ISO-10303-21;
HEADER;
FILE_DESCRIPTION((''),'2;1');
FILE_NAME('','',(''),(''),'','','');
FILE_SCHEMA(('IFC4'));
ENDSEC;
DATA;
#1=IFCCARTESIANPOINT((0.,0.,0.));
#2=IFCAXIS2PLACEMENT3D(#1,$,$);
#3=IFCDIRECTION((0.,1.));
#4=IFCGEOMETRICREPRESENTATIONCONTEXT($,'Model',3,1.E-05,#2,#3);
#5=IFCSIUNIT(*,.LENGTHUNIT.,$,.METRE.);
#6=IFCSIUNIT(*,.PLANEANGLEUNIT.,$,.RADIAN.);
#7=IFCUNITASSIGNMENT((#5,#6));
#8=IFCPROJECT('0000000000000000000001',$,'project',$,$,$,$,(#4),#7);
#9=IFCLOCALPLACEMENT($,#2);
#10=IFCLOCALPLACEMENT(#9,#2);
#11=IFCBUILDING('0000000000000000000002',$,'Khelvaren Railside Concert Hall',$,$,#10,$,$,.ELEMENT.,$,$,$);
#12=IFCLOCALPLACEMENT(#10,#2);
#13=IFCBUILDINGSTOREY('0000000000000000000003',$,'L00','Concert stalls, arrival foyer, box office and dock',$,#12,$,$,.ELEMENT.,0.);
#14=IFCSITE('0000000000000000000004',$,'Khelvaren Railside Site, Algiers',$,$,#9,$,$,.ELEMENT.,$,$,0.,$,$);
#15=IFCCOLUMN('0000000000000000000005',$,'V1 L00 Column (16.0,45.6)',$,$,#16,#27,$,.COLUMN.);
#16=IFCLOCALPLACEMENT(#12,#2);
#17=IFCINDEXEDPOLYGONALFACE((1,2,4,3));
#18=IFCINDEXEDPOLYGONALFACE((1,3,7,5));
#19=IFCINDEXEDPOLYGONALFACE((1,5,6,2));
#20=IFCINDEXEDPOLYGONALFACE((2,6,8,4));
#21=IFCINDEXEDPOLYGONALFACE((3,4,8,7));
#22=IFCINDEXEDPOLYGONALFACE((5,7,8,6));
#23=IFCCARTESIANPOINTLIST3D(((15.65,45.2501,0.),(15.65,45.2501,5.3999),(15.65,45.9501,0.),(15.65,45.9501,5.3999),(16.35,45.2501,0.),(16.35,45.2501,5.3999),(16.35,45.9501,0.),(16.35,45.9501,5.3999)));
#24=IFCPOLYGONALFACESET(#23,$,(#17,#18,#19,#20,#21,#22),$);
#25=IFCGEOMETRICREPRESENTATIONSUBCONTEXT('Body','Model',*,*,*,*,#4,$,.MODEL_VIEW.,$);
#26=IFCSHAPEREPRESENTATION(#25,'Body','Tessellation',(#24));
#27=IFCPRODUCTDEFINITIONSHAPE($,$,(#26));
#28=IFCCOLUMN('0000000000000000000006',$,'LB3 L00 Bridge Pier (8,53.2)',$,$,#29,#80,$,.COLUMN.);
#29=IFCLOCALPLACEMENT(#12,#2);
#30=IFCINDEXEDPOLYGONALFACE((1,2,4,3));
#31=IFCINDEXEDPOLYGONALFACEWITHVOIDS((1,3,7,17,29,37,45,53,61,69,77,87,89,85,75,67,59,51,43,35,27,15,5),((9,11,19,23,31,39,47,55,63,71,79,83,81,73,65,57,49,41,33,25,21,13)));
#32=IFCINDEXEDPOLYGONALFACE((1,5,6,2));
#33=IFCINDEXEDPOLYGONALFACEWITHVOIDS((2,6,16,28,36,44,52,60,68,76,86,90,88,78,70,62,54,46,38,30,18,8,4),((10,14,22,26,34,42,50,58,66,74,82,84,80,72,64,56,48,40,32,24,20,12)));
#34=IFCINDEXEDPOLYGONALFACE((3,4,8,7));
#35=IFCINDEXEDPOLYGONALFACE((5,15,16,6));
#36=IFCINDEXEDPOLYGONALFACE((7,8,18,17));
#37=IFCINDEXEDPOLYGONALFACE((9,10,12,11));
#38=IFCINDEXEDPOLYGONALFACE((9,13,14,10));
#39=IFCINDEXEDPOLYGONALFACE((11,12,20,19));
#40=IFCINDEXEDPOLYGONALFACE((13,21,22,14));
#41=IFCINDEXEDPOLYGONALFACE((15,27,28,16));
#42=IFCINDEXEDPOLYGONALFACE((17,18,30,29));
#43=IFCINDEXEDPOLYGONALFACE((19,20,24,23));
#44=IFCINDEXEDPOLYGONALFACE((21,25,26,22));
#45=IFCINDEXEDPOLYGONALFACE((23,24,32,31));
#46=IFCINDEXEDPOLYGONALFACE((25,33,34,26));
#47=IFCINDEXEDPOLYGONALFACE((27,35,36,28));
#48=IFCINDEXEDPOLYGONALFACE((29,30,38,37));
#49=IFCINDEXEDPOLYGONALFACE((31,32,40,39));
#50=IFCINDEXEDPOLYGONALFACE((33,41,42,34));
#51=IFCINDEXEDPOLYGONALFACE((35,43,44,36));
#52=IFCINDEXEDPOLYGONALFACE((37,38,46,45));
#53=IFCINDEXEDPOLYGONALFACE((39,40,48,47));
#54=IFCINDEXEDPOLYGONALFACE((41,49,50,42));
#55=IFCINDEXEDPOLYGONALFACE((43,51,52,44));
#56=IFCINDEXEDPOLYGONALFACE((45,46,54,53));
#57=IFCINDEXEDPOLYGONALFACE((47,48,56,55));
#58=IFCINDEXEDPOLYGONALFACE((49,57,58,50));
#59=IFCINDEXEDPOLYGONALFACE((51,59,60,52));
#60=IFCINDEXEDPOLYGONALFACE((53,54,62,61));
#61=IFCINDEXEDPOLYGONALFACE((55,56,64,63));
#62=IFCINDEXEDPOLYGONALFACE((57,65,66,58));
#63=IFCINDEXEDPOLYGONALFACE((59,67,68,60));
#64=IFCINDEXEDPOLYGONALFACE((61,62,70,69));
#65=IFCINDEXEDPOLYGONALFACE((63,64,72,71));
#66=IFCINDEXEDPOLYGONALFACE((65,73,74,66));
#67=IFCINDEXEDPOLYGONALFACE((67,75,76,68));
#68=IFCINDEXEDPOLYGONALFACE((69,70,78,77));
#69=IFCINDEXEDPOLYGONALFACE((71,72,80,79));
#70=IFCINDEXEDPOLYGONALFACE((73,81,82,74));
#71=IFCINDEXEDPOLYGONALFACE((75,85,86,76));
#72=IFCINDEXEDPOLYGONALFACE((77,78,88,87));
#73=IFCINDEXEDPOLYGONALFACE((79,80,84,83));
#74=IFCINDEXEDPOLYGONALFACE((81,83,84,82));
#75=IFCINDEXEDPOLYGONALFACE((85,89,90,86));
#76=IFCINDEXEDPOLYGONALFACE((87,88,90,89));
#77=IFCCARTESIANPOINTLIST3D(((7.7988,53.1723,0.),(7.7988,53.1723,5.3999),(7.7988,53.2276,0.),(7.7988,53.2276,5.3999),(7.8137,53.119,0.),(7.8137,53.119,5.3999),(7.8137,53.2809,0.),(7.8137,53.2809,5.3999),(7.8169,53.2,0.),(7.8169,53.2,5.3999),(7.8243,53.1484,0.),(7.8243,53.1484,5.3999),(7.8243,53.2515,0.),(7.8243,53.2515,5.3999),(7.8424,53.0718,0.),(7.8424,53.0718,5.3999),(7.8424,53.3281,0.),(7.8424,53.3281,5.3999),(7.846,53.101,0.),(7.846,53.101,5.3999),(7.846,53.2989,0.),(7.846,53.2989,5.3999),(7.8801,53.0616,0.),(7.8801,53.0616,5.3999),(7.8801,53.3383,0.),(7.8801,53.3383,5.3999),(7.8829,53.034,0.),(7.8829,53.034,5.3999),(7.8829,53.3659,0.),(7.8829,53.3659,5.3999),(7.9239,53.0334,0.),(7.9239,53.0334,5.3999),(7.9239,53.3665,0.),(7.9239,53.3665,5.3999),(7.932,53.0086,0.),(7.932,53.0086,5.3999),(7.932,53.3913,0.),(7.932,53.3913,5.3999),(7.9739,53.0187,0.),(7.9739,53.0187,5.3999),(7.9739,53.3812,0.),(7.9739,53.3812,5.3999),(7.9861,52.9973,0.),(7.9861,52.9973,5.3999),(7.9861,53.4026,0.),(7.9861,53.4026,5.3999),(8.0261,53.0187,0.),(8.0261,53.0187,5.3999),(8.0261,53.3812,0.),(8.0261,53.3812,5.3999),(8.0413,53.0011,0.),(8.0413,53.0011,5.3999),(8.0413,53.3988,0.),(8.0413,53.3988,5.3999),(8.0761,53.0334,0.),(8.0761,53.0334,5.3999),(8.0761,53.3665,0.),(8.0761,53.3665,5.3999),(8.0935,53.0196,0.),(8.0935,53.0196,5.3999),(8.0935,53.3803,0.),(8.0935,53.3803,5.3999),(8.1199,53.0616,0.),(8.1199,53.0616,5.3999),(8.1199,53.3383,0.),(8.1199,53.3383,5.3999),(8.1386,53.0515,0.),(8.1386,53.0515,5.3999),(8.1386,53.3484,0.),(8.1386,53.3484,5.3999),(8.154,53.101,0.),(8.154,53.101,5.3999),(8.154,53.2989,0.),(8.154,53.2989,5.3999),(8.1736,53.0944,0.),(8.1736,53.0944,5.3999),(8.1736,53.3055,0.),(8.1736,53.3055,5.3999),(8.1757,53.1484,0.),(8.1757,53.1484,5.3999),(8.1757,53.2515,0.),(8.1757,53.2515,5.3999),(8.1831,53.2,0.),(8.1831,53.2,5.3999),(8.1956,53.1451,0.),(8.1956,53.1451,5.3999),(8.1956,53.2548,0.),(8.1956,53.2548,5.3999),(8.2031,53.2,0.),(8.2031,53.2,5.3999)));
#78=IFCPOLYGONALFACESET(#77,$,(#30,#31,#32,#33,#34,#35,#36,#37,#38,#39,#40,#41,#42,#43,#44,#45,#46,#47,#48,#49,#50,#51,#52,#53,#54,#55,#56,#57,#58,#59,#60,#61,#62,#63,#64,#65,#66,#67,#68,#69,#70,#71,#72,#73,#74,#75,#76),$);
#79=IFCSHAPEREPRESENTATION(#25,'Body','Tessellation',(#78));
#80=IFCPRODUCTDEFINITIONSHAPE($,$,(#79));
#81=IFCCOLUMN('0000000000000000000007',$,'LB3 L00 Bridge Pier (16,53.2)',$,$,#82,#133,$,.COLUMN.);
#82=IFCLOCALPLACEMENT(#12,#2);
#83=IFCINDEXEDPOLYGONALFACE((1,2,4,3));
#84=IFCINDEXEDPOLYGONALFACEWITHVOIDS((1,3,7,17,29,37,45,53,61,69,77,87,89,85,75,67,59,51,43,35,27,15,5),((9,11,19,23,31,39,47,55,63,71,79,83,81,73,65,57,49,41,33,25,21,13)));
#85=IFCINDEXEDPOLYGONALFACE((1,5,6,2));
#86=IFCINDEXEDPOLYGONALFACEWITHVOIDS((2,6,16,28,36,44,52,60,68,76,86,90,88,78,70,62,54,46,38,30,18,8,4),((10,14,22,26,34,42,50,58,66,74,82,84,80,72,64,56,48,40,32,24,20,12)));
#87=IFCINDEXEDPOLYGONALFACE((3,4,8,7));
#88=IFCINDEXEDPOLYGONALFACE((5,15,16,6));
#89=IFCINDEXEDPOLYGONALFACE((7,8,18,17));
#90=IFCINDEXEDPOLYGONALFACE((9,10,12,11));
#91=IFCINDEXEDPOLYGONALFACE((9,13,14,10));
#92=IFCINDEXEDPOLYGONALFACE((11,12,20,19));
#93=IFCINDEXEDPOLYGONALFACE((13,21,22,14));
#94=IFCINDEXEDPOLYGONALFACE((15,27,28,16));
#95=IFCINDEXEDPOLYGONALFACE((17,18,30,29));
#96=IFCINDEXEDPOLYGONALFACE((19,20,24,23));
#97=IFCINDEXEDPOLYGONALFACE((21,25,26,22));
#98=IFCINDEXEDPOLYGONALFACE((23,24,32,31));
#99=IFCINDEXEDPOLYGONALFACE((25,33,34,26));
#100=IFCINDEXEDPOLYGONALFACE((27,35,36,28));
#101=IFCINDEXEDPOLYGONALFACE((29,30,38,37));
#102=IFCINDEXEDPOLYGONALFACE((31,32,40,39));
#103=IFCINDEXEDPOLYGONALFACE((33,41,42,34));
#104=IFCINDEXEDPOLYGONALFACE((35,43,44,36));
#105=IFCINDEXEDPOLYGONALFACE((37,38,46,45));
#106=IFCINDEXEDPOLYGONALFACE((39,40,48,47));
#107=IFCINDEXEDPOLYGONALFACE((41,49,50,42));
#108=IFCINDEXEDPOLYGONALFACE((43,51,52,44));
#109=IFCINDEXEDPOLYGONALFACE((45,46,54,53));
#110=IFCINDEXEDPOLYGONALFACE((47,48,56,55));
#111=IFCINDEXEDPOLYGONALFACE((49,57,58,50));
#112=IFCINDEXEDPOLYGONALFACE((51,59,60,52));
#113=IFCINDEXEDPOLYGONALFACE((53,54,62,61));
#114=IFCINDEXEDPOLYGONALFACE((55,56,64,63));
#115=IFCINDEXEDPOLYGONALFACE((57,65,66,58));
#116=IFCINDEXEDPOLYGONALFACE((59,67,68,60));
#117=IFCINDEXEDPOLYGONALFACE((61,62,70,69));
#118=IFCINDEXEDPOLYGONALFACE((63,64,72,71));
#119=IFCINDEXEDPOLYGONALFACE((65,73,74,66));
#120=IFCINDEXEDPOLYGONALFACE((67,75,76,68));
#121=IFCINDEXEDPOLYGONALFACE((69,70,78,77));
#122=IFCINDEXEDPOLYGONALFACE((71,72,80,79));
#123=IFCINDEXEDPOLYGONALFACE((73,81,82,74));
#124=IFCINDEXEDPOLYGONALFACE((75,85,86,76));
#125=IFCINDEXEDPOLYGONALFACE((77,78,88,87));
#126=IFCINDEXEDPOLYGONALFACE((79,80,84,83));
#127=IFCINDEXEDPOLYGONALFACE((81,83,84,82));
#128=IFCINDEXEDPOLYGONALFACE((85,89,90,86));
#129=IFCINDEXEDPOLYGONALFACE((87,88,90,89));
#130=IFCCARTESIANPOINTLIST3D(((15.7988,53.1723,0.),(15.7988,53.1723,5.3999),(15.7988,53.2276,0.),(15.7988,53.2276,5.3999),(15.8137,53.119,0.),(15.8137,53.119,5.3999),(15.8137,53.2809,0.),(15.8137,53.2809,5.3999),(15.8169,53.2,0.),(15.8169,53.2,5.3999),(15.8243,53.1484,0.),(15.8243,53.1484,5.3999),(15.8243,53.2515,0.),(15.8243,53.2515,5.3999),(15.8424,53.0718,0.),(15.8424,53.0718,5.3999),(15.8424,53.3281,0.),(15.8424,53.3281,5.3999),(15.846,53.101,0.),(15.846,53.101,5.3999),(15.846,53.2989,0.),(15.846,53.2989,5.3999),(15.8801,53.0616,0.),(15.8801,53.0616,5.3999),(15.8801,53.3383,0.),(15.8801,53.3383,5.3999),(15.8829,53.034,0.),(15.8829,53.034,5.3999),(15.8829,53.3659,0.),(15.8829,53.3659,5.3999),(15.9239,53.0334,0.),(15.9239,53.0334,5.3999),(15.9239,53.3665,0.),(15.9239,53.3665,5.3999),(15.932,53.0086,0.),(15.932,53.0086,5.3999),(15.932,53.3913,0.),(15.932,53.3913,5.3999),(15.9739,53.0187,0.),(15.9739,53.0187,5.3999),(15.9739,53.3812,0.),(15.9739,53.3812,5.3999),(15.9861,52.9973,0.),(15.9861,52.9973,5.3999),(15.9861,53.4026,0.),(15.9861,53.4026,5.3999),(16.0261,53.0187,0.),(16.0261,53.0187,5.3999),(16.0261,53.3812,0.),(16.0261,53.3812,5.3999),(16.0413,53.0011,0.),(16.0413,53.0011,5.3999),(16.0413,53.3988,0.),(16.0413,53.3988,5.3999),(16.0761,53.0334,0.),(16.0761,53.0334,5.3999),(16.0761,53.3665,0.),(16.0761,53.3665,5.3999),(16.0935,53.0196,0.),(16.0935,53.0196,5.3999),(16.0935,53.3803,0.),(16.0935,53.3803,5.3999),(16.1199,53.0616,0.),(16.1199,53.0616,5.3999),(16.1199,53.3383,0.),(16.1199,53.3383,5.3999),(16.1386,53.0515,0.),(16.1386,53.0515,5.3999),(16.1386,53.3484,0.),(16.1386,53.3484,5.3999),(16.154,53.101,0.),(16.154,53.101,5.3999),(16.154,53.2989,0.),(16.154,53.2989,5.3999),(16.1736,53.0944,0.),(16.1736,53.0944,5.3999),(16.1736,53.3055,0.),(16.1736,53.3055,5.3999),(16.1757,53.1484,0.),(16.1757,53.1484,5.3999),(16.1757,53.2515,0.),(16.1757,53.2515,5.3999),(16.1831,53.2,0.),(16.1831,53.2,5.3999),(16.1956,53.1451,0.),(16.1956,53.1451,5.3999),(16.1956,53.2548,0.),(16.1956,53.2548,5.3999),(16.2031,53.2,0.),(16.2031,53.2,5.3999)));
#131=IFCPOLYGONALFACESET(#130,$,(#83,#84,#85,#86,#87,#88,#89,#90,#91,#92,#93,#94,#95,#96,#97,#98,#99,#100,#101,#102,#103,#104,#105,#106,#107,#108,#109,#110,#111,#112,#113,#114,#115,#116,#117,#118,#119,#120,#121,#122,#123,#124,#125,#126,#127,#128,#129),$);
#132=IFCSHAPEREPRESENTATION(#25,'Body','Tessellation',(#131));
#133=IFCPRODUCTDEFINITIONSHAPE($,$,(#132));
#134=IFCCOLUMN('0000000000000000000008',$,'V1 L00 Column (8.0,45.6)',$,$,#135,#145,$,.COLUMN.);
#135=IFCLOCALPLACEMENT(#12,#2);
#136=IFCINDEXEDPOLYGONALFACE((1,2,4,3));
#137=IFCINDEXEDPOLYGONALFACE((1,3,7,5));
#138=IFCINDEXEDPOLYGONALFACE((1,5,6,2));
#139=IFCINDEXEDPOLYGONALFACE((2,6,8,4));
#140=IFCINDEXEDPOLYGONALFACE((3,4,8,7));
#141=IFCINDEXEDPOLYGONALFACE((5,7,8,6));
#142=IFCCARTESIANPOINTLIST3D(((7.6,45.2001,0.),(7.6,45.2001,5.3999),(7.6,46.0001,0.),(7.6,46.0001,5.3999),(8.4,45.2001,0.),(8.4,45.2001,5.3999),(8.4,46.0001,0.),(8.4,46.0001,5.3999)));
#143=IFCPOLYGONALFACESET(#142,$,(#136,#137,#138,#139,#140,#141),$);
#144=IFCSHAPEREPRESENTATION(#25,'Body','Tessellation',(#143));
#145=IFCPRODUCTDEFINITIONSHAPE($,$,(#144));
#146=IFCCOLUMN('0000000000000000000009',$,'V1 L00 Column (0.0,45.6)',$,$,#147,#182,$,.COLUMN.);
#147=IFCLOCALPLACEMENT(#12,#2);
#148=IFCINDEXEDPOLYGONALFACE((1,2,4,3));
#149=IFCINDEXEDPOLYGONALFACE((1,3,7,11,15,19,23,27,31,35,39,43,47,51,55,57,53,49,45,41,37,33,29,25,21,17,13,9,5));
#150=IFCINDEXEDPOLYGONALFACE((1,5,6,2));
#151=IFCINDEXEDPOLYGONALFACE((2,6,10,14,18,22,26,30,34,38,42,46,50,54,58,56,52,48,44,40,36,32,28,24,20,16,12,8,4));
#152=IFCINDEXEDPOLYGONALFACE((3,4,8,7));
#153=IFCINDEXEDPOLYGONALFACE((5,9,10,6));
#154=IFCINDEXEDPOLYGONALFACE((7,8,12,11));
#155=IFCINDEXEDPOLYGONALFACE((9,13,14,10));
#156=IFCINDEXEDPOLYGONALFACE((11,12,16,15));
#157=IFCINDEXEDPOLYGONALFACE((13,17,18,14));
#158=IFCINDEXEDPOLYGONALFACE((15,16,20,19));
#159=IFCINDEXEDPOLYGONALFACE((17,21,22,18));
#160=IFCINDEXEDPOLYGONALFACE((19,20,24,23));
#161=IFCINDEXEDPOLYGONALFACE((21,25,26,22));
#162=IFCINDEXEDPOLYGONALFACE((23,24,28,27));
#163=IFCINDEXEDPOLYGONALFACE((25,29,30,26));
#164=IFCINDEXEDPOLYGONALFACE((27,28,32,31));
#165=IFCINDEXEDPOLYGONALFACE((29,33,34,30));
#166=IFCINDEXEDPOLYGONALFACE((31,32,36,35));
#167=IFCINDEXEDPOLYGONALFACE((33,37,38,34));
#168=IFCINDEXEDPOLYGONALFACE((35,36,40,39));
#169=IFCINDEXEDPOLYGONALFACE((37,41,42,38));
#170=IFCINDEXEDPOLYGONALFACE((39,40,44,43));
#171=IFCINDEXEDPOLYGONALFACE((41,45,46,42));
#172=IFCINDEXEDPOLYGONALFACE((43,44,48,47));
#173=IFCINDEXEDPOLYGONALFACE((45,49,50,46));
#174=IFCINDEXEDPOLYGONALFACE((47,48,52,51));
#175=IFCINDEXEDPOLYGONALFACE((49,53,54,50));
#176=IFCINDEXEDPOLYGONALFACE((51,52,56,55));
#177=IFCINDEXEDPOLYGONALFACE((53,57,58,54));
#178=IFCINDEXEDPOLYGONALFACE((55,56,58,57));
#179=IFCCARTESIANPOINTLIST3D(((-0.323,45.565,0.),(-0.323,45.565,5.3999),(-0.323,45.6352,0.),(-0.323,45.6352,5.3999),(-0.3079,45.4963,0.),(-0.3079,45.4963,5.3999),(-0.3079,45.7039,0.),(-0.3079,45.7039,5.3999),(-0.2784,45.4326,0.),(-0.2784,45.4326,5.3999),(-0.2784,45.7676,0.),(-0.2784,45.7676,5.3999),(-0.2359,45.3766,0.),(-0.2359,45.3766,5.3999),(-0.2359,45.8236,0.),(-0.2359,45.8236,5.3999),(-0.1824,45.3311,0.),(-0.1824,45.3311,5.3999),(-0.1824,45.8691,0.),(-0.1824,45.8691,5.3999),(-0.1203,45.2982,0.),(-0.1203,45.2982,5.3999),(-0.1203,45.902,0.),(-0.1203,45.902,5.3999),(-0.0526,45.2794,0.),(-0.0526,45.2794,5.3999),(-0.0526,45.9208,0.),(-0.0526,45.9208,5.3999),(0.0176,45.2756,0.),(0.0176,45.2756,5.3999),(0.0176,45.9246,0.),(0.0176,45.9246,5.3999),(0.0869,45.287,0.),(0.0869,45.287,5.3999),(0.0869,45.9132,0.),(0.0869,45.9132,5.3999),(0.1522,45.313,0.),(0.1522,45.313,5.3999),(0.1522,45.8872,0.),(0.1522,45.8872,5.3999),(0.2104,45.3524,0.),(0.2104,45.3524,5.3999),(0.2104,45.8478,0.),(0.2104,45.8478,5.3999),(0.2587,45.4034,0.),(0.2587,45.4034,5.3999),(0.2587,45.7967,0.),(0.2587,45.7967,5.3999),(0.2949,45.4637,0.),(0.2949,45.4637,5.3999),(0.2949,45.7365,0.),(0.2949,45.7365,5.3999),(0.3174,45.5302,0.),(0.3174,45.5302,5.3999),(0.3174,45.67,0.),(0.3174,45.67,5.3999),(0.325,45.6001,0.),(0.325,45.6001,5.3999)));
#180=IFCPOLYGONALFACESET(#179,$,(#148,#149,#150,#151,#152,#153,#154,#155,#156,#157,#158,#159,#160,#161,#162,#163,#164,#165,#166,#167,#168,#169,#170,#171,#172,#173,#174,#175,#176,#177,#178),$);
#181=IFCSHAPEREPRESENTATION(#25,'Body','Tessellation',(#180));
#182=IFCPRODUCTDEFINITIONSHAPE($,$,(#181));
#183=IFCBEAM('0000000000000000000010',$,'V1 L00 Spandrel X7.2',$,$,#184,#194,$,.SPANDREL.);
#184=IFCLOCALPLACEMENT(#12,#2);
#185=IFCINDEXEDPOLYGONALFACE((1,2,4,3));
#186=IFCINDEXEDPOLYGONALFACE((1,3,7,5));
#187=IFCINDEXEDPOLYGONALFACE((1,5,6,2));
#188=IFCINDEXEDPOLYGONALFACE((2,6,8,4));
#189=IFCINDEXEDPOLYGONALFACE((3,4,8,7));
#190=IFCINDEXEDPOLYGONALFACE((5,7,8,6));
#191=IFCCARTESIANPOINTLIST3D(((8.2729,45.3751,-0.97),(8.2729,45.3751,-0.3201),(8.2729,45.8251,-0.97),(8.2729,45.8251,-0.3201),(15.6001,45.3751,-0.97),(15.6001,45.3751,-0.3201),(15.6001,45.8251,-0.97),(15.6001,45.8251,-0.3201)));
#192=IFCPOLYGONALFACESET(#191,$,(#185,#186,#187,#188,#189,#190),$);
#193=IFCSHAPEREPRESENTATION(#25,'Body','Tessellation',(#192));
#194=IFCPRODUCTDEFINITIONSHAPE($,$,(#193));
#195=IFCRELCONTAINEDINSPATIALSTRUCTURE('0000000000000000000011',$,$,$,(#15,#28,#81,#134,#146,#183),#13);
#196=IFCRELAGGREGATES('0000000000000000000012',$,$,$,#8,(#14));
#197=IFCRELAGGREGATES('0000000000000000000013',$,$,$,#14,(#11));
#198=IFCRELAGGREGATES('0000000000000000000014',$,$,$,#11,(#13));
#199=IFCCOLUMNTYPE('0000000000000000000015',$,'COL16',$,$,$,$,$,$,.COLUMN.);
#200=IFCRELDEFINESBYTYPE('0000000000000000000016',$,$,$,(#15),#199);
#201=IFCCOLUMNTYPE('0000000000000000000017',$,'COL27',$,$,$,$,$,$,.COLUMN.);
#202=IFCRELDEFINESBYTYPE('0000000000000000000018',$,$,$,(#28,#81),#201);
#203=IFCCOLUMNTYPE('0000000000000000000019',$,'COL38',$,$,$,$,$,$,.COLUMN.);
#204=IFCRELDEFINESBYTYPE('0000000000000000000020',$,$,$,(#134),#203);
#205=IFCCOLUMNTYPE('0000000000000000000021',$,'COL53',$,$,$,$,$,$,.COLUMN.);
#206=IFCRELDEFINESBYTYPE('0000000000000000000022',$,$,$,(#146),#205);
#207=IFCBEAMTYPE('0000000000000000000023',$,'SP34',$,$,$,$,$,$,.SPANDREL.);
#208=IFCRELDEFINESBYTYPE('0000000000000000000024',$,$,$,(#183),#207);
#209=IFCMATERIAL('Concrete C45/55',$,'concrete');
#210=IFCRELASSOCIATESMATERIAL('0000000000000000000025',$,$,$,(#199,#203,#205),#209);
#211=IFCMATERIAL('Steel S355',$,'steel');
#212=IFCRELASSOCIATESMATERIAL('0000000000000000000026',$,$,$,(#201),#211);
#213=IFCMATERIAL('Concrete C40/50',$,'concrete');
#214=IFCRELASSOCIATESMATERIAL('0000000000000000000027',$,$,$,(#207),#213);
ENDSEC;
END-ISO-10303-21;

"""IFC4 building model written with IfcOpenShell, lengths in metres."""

from ifc_helpers import new_model, si_unit, direction, frame, origin, origin_2d, place, context, subcontext, project, spatial, rectangle, circle, hollow_circle, extrude, material, material_profile, profile_set, type_object, element, save


model = new_model("IFC4")

# Units and contexts
model_context = context("Model", 3, precision=1e-05, world=origin(), true_north=direction((0.0, 1.0)))
body_context = subcontext(model_context, "Body", "Model", "MODEL_VIEW")
ifc_project = project(units=[si_unit("LENGTHUNIT", "METRE"), si_unit("PLANEANGLEUNIT", "RADIAN")], contexts=[model_context])

# Site, building, storey
site_placement = place(None, origin())
site = spatial("IfcSite", under=ifc_project, at=site_placement, Name="Khelvaren Railside Site, Algiers", CompositionType="ELEMENT", RefElevation=0.0)
building_placement = place(site_placement, origin())
building = spatial("IfcBuilding", under=site, at=building_placement, Name="Khelvaren Railside Concert Hall", CompositionType="ELEMENT")
storey_placement = place(building_placement, origin())
storey = spatial("IfcBuildingStorey", under=building, at=storey_placement, Name="L00", Description="Concert stalls, arrival foyer, box office and dock", CompositionType="ELEMENT", Elevation=0.0)

# Columns
ifc_material_1 = material(Name="Concrete C45/55", Category="concrete")
ifc_material_profile_1 = material_profile(ifc_material_1, rectangle(XDim=0.7, YDim=0.7, at=origin_2d()), Name="RC 700x700")
ifc_profile_set_1 = profile_set([ifc_material_profile_1], Name="Concrete C45/55")
column_type_1 = type_object("IfcColumnType", Name="COL16", PredefinedType="COLUMN", material=ifc_profile_set_1)
column_1_placement = place(storey_placement, frame((16.0, 45.6001, 0.0), z_axis=(0.0, 0.0, 1.0), x_axis=(1.0, 0.0, 0.0)))
element("IfcColumn", 1, at=column_1_placement, inside=storey, type_object=column_type_1, Name="V1 L00 Column (16.0,45.6)", PredefinedType="COLUMN", context=body_context, shape_type="SweptSolid", body=[
    extrude(rectangle(XDim=0.7, YDim=0.7, at=origin_2d()), origin(), (0.0, 0.0, 1.0), 5.3999),
])
ifc_material_2 = material(Name="Steel S355", Category="steel")
ifc_material_profile_2 = material_profile(ifc_material_2, hollow_circle(Radius=0.2031, WallThickness=0.02, at=origin_2d()), Name="CHS 406.4x20")
ifc_profile_set_2 = profile_set([ifc_material_profile_2], Name="Steel S355")
column_type_2 = type_object("IfcColumnType", Name="COL27", PredefinedType="COLUMN", material=ifc_profile_set_2)
for number, where, z_axis, x_axis, name in (
    (2, (8.0, 53.2, 0.0), (0.0, 0.0, 1.0), (1.0, 0.0, 0.0), "LB3 L00 Bridge Pier (8,53.2)"),
    (3, (16.0, 53.2, 0.0), (0.0, 0.0, 1.0), (1.0, 0.0, 0.0), "LB3 L00 Bridge Pier (16,53.2)"),
):
    element("IfcColumn", number, at=place(storey_placement, frame(where, z_axis=z_axis, x_axis=x_axis)), inside=storey, type_object=column_type_2, Name=name, PredefinedType="COLUMN", context=body_context, shape_type="SweptSolid", body=[
        extrude(hollow_circle(Radius=0.2031, WallThickness=0.02, at=origin_2d()), origin(), (0.0, 0.0, 1.0), 5.3999),
    ])
ifc_material_profile_3 = material_profile(ifc_material_1, rectangle(XDim=0.8, YDim=0.8, at=origin_2d()), Name="RC 800x800")
ifc_profile_set_3 = profile_set([ifc_material_profile_3], Name="Concrete C45/55")
column_type_3 = type_object("IfcColumnType", Name="COL38", PredefinedType="COLUMN", material=ifc_profile_set_3)
column_2_placement = place(storey_placement, frame((8.0, 45.6001, 0.0), z_axis=(0.0, 0.0, 1.0), x_axis=(1.0, 0.0, 0.0)))
element("IfcColumn", 4, at=column_2_placement, inside=storey, type_object=column_type_3, Name="V1 L00 Column (8.0,45.6)", PredefinedType="COLUMN", context=body_context, shape_type="SweptSolid", body=[
    extrude(rectangle(XDim=0.8, YDim=0.8, at=origin_2d()), origin(), (0.0, 0.0, 1.0), 5.3999),
])
ifc_material_profile_4 = material_profile(ifc_material_1, circle(Radius=0.325, at=origin_2d()), Name="RC D650")
ifc_profile_set_4 = profile_set([ifc_material_profile_4], Name="Concrete C45/55")
column_type_4 = type_object("IfcColumnType", Name="COL53", PredefinedType="COLUMN", material=ifc_profile_set_4)
column_3_placement = place(storey_placement, frame((0.0, 45.6001, 0.0), z_axis=(0.0, 0.0, 1.0), x_axis=(1.0, 0.0, 0.0)))
element("IfcColumn", 5, at=column_3_placement, inside=storey, type_object=column_type_4, Name="V1 L00 Column (0.0,45.6)", PredefinedType="COLUMN", context=body_context, shape_type="SweptSolid", body=[
    extrude(circle(Radius=0.325, at=origin_2d()), origin(), (0.0, 0.0, 1.0), 5.3999),
])

# Beam
ifc_material_3 = material(Name="Concrete C40/50", Category="concrete")
ifc_material_profile_5 = material_profile(ifc_material_3, rectangle(XDim=0.45, YDim=0.6499, at=origin_2d()), Name="RCB 450x650")
ifc_profile_set_5 = profile_set([ifc_material_profile_5], Name="Concrete C40/50")
beam_type_1 = type_object("IfcBeamType", Name="SP34", PredefinedType="SPANDREL", material=ifc_profile_set_5)
beam_1_placement = place(storey_placement, frame((8.2729, 45.6001, -0.645), z_axis=(1.0, 0.0, 0.0), x_axis=(0.0, 1.0, 0.0)))
element("IfcBeam", 6, at=beam_1_placement, inside=storey, type_object=beam_type_1, Name="V1 L00 Spandrel X7.2", PredefinedType="SPANDREL", context=body_context, shape_type="SweptSolid", body=[
    extrude(rectangle(XDim=0.45, YDim=0.6499, at=origin_2d()), origin(), (0.0, 0.0, 1.0), 7.3271),
])

save(model, "model.ifc")
